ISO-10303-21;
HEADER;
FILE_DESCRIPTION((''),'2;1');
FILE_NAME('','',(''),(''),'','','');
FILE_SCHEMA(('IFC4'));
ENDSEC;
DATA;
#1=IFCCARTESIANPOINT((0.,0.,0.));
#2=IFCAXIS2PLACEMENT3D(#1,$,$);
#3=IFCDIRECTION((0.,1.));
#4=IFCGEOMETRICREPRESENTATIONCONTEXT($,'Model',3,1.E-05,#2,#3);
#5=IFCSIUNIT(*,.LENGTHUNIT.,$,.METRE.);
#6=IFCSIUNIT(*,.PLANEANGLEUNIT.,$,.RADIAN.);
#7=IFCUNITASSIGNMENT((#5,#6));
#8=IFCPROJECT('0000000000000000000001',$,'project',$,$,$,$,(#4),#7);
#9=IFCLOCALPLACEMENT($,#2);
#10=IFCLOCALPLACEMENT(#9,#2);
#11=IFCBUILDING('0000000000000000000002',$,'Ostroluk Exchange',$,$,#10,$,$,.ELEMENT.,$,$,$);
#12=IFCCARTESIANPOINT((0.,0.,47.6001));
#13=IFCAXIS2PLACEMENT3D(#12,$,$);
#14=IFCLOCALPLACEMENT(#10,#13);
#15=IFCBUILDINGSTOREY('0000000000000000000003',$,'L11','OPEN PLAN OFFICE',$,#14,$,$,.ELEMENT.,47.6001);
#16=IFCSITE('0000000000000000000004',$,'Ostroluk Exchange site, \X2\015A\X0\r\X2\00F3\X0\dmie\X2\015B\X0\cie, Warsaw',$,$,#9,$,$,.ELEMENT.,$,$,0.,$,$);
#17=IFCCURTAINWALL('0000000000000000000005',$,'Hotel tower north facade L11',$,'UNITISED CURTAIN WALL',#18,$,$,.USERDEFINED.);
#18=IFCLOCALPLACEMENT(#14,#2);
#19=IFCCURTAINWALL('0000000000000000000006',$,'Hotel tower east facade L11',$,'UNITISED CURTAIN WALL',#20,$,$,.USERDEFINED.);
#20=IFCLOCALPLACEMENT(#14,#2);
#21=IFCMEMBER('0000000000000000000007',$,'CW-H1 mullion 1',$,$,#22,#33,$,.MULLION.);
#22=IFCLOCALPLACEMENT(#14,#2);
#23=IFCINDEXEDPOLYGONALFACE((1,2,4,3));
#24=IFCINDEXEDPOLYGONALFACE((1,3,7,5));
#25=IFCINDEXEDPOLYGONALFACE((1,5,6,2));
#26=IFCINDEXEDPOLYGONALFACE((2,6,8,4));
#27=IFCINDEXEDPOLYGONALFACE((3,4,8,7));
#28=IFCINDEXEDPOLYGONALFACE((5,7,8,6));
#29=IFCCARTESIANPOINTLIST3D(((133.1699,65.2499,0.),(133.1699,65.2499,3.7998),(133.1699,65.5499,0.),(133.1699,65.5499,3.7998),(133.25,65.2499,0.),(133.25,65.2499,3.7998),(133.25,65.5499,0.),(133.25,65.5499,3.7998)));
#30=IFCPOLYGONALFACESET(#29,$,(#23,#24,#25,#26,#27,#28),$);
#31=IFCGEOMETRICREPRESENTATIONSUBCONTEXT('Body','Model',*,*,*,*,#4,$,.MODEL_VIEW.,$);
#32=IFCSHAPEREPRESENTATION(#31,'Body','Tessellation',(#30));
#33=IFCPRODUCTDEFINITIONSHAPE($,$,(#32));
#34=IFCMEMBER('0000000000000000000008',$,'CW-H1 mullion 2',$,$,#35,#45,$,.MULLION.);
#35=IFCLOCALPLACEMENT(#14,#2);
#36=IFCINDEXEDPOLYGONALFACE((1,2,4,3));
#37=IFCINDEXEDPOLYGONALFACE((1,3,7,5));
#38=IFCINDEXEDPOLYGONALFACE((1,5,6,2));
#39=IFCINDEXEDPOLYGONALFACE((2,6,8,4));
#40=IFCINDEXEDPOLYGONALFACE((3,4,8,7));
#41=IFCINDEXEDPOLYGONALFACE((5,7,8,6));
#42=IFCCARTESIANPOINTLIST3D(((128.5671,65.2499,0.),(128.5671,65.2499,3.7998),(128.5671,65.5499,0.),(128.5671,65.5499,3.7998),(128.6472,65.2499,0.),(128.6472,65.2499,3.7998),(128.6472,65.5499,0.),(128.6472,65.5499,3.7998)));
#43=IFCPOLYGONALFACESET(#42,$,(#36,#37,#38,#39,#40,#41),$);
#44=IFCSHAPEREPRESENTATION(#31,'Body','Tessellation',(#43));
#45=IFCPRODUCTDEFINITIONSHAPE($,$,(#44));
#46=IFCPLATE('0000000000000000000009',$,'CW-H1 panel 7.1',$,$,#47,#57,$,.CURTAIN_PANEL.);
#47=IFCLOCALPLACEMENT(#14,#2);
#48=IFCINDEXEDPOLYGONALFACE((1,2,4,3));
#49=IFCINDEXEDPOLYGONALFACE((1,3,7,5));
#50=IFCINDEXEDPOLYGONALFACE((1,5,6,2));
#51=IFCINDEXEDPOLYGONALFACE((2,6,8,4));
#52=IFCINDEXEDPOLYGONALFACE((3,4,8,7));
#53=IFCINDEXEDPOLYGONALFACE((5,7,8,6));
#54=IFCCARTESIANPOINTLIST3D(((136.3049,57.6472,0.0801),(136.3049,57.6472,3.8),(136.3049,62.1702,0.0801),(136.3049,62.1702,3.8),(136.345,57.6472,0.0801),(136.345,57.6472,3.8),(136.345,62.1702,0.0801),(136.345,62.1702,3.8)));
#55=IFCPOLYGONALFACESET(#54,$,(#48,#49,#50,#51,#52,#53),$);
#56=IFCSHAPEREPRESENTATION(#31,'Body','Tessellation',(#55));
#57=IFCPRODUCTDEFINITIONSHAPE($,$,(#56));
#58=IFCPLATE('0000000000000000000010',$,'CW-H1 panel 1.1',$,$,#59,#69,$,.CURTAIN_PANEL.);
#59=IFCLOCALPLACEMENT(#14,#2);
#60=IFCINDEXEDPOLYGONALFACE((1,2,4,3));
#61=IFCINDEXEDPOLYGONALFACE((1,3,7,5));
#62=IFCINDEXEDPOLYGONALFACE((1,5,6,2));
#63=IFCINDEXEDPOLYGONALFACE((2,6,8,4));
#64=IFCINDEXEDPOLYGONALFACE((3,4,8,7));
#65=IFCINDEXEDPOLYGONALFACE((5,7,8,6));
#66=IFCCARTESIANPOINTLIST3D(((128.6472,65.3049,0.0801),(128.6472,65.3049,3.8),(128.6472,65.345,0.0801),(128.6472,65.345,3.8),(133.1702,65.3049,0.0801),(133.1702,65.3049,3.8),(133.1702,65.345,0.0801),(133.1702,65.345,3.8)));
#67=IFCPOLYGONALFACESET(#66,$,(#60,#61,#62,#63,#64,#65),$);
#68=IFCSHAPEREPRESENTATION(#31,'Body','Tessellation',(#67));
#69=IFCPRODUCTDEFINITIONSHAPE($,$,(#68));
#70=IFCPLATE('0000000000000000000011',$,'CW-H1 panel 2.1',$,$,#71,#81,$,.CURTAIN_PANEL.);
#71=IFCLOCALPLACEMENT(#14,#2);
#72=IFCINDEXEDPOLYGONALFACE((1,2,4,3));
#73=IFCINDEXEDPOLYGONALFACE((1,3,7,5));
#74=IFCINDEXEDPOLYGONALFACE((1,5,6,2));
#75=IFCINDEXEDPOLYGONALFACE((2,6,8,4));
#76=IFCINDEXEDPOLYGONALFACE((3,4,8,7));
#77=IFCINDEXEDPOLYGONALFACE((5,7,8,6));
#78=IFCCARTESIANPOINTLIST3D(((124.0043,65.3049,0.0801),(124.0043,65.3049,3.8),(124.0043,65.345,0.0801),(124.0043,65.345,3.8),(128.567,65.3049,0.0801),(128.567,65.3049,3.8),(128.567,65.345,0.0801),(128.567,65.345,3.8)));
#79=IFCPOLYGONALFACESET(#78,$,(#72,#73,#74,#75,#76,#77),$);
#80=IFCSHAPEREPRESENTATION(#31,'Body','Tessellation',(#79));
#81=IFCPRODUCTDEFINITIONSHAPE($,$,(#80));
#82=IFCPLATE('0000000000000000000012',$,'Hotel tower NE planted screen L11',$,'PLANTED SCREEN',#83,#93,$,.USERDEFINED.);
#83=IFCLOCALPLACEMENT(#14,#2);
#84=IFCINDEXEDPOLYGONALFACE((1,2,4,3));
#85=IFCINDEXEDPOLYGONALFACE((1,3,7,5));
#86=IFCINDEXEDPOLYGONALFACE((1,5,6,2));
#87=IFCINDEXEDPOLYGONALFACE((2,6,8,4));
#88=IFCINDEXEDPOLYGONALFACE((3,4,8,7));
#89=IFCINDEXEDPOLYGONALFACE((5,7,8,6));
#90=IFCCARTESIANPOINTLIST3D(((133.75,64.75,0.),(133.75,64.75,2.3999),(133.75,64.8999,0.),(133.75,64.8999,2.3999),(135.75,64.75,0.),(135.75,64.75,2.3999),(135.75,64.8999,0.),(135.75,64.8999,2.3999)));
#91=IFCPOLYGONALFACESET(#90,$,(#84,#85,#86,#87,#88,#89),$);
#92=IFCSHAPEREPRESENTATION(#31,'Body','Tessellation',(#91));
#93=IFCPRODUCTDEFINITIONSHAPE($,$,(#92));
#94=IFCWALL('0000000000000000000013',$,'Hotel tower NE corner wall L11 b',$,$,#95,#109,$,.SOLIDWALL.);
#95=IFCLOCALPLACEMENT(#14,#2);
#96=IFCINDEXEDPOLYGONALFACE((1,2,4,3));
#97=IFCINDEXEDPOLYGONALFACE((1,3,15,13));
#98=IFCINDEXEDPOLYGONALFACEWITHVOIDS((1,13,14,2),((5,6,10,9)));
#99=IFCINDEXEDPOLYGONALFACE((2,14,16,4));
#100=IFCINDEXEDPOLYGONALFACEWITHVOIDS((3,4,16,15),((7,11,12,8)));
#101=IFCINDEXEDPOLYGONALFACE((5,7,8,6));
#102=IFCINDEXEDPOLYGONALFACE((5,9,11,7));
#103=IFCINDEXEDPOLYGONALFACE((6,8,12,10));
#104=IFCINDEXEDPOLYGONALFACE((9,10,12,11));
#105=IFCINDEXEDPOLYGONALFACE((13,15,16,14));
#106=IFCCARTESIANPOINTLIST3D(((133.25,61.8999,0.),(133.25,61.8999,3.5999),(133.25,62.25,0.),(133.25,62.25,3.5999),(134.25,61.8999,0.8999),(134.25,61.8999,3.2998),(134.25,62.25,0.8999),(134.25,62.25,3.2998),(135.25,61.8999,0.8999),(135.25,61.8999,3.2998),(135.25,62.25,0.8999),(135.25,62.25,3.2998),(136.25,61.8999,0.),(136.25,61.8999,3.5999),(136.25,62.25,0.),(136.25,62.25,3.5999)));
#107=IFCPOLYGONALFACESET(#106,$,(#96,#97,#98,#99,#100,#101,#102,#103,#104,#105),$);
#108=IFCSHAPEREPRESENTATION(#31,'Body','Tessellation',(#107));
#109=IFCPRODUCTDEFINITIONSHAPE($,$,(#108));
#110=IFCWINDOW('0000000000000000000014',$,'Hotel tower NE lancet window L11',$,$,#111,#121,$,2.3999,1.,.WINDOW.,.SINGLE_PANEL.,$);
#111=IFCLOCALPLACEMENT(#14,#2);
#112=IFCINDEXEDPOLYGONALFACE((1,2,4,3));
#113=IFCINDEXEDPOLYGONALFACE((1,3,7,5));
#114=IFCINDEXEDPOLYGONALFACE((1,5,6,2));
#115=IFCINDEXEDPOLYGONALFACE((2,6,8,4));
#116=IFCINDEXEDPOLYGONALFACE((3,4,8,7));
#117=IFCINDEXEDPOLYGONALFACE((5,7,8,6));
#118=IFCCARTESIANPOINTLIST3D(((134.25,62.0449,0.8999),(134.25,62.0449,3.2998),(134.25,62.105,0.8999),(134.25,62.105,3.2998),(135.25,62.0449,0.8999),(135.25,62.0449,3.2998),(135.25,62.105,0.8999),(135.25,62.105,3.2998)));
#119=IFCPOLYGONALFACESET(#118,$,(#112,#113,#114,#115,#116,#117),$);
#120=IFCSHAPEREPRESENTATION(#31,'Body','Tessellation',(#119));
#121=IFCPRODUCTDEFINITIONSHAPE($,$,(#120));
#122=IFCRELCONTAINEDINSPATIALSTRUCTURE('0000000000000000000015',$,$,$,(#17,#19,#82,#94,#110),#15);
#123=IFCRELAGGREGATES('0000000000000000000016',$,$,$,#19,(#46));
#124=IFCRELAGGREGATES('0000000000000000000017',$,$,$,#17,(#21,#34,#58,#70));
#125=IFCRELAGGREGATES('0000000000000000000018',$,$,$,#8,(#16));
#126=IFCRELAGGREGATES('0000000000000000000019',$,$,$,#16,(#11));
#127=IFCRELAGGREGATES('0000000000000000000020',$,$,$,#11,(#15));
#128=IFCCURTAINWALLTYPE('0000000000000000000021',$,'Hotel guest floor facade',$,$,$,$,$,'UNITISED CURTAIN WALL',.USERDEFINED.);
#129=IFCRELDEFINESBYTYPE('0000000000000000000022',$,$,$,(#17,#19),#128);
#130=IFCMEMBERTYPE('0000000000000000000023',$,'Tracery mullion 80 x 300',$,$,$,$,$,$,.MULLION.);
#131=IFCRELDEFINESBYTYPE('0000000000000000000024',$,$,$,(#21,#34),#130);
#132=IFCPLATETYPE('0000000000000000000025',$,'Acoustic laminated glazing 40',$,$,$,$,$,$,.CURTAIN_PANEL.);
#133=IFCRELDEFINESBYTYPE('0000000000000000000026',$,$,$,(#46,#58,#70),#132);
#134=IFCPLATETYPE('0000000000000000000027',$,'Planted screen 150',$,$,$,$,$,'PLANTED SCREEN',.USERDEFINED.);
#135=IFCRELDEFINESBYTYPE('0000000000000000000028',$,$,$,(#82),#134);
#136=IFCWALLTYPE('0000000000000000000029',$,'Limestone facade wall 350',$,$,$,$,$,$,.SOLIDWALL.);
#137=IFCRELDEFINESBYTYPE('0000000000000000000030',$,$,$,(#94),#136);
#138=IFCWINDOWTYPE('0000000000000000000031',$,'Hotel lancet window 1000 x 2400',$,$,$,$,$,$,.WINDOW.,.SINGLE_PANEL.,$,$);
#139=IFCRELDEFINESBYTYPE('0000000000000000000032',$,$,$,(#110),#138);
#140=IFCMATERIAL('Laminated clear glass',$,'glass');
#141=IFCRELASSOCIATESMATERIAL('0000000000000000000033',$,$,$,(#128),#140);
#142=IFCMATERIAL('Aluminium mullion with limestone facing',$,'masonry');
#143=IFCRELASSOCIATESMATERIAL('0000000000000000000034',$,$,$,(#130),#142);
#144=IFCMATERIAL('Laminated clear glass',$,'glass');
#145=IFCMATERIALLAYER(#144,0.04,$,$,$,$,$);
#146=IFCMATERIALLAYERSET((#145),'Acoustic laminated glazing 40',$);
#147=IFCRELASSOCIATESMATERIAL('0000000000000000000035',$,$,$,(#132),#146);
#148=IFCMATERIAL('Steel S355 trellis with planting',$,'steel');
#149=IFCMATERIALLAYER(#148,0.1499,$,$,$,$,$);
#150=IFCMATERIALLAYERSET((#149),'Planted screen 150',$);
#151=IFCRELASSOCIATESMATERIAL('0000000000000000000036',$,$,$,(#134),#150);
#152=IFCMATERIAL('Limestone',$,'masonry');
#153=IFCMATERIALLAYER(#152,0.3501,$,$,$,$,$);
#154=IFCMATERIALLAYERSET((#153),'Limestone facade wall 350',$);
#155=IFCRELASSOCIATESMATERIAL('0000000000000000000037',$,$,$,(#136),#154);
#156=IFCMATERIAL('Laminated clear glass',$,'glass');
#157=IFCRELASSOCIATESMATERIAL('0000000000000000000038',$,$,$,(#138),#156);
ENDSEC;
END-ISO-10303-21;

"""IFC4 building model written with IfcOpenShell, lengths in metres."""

from ifc_helpers import new_model, si_unit, direction, frame, frame_2d, origin, origin_2d, place, context, subcontext, project, spatial, rectangle, extrude, material, layer, layer_set, material_profile, profile_set, type_object, element, fill, aggregate, save


model = new_model("IFC4")

# Units and contexts
model_context = context("Model", 3, precision=1e-05, world=origin(), true_north=direction((0.0, 1.0)))
body_context = subcontext(model_context, "Body", "Model", "MODEL_VIEW")
ifc_project = project(units=[si_unit("LENGTHUNIT", "METRE"), si_unit("PLANEANGLEUNIT", "RADIAN")], contexts=[model_context])

# Site, building, storey
site_placement = place(None, origin())
site = spatial("IfcSite", under=ifc_project, at=site_placement, Name="Ostroluk Exchange site, Śródmieście, Warsaw", CompositionType="ELEMENT", RefElevation=0.0)
building_placement = place(site_placement, origin())
building = spatial("IfcBuilding", under=site, at=building_placement, Name="Ostroluk Exchange", CompositionType="ELEMENT")
storey_placement = place(building_placement, frame((0.0, 0.0, 47.6001)))
storey = spatial("IfcBuildingStorey", under=building, at=storey_placement, Name="L11", Description="OPEN PLAN OFFICE", CompositionType="ELEMENT", Elevation=47.6001)

# Curtain wall
ifc_material_1 = material(Name="Laminated clear glass", Category="glass")
curtain_wall_type = type_object("IfcCurtainWallType", Name="Hotel guest floor facade", ElementType="UNITISED CURTAIN WALL", PredefinedType="USERDEFINED", material=ifc_material_1)
curtain_wall_1_placement = place(storey_placement, origin())
curtain_wall_1 = element("IfcCurtainWall", 1, at=curtain_wall_1_placement, inside=storey, type_object=curtain_wall_type, Name="Hotel tower north facade L11", ObjectType="UNITISED CURTAIN WALL", PredefinedType="USERDEFINED")

# Curtain wall
curtain_wall_2_placement = place(storey_placement, origin())
curtain_wall_2 = element("IfcCurtainWall", 2, at=curtain_wall_2_placement, inside=storey, type_object=curtain_wall_type, Name="Hotel tower east facade L11", ObjectType="UNITISED CURTAIN WALL", PredefinedType="USERDEFINED")
ifc_material_2 = material(Name="Aluminium mullion with limestone facing", Category="masonry")
ifc_material_profile_1 = material_profile(ifc_material_2, rectangle(XDim=0.3, YDim=0.0801, at=origin_2d()), Name="Tracery mullion 80 x 300")
ifc_profile_set_1 = profile_set([ifc_material_profile_1], Name="Aluminium mullion with limestone facing")
member_type_1 = type_object("IfcMemberType", Name="Tracery mullion 80 x 300", PredefinedType="MULLION", material=ifc_profile_set_1)

# Members
member_1_placement = place(storey_placement, frame((133.21, 65.3999, 0.0), z_axis=(0.0, 0.0, 1.0), x_axis=(0.0, -1.0, 0.0)))
member_1 = element("IfcMember", 3, at=member_1_placement, type_object=member_type_1, Name="CW-H1 mullion 1", PredefinedType="MULLION", context=body_context, shape_type="SweptSolid", body=[
    extrude(rectangle(XDim=0.3, YDim=0.0801, at=origin_2d()), origin(), (0.0, 0.0, 1.0), 3.7998),
])
member_2_placement = place(storey_placement, frame((128.6072, 65.3999, 0.0), z_axis=(0.0, 0.0, 1.0), x_axis=(0.0, -1.0, 0.0)))
member_2 = element("IfcMember", 4, at=member_2_placement, type_object=member_type_1, Name="CW-H1 mullion 2", PredefinedType="MULLION", context=body_context, shape_type="SweptSolid", body=[
    extrude(rectangle(XDim=0.3, YDim=0.0801, at=origin_2d()), origin(), (0.0, 0.0, 1.0), 3.7998),
])

# Plates
ifc_material_3 = material(Name="Laminated clear glass", Category="glass")
ifc_layer_1 = layer(ifc_material_3, 0.04)
ifc_layer_set_1 = layer_set([ifc_layer_1], Name="Acoustic laminated glazing 40")
plate_type_1 = type_object("IfcPlateType", Name="Acoustic laminated glazing 40", PredefinedType="CURTAIN_PANEL", material=ifc_layer_set_1)
plate_1_placement = place(storey_placement, frame((136.325, 59.9087, 0.0801), z_axis=(0.0, 0.0, 1.0), x_axis=(0.0, 1.0, 0.0)))
plate_1 = element("IfcPlate", 5, at=plate_1_placement, type_object=plate_type_1, Name="CW-H1 panel 7.1", PredefinedType="CURTAIN_PANEL", context=body_context, shape_type="SweptSolid", body=[
    extrude(rectangle(XDim=4.5229, YDim=0.04, at=origin_2d()), origin(), (0.0, 0.0, 1.0), 3.72),
])
aggregate(curtain_wall_2, [plate_1])
plate_2_placement = place(storey_placement, frame((130.9087, 65.325, 0.0801), z_axis=(0.0, 0.0, 1.0), x_axis=(-1.0, 0.0, 0.0)))
plate_2 = element("IfcPlate", 6, at=plate_2_placement, type_object=plate_type_1, Name="CW-H1 panel 1.1", PredefinedType="CURTAIN_PANEL", context=body_context, shape_type="SweptSolid", body=[
    extrude(rectangle(XDim=4.5229, YDim=0.04, at=origin_2d()), origin(), (0.0, 0.0, 1.0), 3.72),
])
plate_3_placement = place(storey_placement, frame((126.2856, 65.325, 0.0801), z_axis=(0.0, 0.0, 1.0), x_axis=(-1.0, 0.0, 0.0)))
plate_3 = element("IfcPlate", 7, at=plate_3_placement, type_object=plate_type_1, Name="CW-H1 panel 2.1", PredefinedType="CURTAIN_PANEL", context=body_context, shape_type="SweptSolid", body=[
    extrude(rectangle(XDim=4.5627, YDim=0.04, at=origin_2d()), origin(), (0.0, 0.0, 1.0), 3.72),
])
aggregate(curtain_wall_1, [member_1, member_2, plate_2, plate_3])
ifc_material_4 = material(Name="Steel S355 trellis with planting", Category="steel")
ifc_layer_2 = layer(ifc_material_4, 0.1499)
ifc_layer_set_2 = layer_set([ifc_layer_2], Name="Planted screen 150")
plate_type_2 = type_object("IfcPlateType", Name="Planted screen 150", ElementType="PLANTED SCREEN", PredefinedType="USERDEFINED", material=ifc_layer_set_2)
plate_4_placement = place(storey_placement, frame((134.75, 64.825, 0.0), z_axis=(0.0, 0.0, 1.0), x_axis=(1.0, 0.0, 0.0)))
element("IfcPlate", 8, at=plate_4_placement, inside=storey, type_object=plate_type_2, Name="Hotel tower NE planted screen L11", ObjectType="PLANTED SCREEN", PredefinedType="USERDEFINED", context=body_context, shape_type="SweptSolid", body=[
    extrude(rectangle(XDim=2.0, YDim=0.1499, at=origin_2d()), origin(), (0.0, 0.0, 1.0), 2.3999),
])

# Shared definitions
ifc_material_5 = material(Name="Limestone", Category="masonry")
ifc_layer_3 = layer(ifc_material_5, 0.3501)
ifc_layer_set_3 = layer_set([ifc_layer_3], Name="Limestone facade wall 350")
wall_type = type_object("IfcWallType", Name="Limestone facade wall 350", PredefinedType="SOLIDWALL", material=ifc_layer_set_3)

# Wall, opening, window
wall_1_placement = place(storey_placement, frame((133.25, 62.075, 0.0), z_axis=(0.0, 0.0, 1.0), x_axis=(1.0, 0.0, 0.0)))
wall_1 = element("IfcWall", 9, at=wall_1_placement, inside=storey, type_object=wall_type, Name="Hotel tower NE corner wall L11 b", PredefinedType="SOLIDWALL", context=body_context, shape_type="SweptSolid", body=[
    extrude(rectangle(XDim=3.0, YDim=0.3501, at=frame_2d((1.5, 0.0))), origin(), (0.0, 0.0, 1.0), 3.5999),
])
opening_1_placement = place(wall_1_placement, frame((1.0, 0.0, 0.8999)))
opening_1 = element("IfcOpeningElement", 10, at=opening_1_placement, cuts=wall_1, PredefinedType="OPENING", context=body_context, shape_type="SweptSolid", body=[
    extrude(rectangle(XDim=1.0, YDim=2.3999, at=frame_2d((0.5, 1.2))), frame((0.0, 0.1851, 0.0), z_axis=(0.0, -1.0, 0.0), x_axis=(1.0, 0.0, 0.0)), (0.0, 0.0, 1.0), 0.3701),
])
ifc_material_6 = material(Name="Laminated clear glass", Category="glass")
window_type = type_object("IfcWindowType", Name="Hotel lancet window 1000 x 2400", PartitioningType="SINGLE_PANEL", PredefinedType="WINDOW", material=ifc_material_6)
window_placement = place(opening_1_placement, origin())
window = element("IfcWindow", 11, at=window_placement, inside=storey, type_object=window_type, Name="Hotel tower NE lancet window L11", OverallHeight=2.3999, OverallWidth=1.0, PartitioningType="SINGLE_PANEL", PredefinedType="WINDOW", context=body_context, shape_type="SweptSolid", body=[
    extrude(rectangle(XDim=1.0, YDim=2.3999, at=frame_2d((0.5, 1.2))), frame((0.0, 0.03, 0.0), z_axis=(0.0, -1.0, 0.0), x_axis=(1.0, 0.0, 0.0)), (0.0, 0.0, 1.0), 0.0601),
])
fill(opening_1, window)

save(model, "model.ifc")
